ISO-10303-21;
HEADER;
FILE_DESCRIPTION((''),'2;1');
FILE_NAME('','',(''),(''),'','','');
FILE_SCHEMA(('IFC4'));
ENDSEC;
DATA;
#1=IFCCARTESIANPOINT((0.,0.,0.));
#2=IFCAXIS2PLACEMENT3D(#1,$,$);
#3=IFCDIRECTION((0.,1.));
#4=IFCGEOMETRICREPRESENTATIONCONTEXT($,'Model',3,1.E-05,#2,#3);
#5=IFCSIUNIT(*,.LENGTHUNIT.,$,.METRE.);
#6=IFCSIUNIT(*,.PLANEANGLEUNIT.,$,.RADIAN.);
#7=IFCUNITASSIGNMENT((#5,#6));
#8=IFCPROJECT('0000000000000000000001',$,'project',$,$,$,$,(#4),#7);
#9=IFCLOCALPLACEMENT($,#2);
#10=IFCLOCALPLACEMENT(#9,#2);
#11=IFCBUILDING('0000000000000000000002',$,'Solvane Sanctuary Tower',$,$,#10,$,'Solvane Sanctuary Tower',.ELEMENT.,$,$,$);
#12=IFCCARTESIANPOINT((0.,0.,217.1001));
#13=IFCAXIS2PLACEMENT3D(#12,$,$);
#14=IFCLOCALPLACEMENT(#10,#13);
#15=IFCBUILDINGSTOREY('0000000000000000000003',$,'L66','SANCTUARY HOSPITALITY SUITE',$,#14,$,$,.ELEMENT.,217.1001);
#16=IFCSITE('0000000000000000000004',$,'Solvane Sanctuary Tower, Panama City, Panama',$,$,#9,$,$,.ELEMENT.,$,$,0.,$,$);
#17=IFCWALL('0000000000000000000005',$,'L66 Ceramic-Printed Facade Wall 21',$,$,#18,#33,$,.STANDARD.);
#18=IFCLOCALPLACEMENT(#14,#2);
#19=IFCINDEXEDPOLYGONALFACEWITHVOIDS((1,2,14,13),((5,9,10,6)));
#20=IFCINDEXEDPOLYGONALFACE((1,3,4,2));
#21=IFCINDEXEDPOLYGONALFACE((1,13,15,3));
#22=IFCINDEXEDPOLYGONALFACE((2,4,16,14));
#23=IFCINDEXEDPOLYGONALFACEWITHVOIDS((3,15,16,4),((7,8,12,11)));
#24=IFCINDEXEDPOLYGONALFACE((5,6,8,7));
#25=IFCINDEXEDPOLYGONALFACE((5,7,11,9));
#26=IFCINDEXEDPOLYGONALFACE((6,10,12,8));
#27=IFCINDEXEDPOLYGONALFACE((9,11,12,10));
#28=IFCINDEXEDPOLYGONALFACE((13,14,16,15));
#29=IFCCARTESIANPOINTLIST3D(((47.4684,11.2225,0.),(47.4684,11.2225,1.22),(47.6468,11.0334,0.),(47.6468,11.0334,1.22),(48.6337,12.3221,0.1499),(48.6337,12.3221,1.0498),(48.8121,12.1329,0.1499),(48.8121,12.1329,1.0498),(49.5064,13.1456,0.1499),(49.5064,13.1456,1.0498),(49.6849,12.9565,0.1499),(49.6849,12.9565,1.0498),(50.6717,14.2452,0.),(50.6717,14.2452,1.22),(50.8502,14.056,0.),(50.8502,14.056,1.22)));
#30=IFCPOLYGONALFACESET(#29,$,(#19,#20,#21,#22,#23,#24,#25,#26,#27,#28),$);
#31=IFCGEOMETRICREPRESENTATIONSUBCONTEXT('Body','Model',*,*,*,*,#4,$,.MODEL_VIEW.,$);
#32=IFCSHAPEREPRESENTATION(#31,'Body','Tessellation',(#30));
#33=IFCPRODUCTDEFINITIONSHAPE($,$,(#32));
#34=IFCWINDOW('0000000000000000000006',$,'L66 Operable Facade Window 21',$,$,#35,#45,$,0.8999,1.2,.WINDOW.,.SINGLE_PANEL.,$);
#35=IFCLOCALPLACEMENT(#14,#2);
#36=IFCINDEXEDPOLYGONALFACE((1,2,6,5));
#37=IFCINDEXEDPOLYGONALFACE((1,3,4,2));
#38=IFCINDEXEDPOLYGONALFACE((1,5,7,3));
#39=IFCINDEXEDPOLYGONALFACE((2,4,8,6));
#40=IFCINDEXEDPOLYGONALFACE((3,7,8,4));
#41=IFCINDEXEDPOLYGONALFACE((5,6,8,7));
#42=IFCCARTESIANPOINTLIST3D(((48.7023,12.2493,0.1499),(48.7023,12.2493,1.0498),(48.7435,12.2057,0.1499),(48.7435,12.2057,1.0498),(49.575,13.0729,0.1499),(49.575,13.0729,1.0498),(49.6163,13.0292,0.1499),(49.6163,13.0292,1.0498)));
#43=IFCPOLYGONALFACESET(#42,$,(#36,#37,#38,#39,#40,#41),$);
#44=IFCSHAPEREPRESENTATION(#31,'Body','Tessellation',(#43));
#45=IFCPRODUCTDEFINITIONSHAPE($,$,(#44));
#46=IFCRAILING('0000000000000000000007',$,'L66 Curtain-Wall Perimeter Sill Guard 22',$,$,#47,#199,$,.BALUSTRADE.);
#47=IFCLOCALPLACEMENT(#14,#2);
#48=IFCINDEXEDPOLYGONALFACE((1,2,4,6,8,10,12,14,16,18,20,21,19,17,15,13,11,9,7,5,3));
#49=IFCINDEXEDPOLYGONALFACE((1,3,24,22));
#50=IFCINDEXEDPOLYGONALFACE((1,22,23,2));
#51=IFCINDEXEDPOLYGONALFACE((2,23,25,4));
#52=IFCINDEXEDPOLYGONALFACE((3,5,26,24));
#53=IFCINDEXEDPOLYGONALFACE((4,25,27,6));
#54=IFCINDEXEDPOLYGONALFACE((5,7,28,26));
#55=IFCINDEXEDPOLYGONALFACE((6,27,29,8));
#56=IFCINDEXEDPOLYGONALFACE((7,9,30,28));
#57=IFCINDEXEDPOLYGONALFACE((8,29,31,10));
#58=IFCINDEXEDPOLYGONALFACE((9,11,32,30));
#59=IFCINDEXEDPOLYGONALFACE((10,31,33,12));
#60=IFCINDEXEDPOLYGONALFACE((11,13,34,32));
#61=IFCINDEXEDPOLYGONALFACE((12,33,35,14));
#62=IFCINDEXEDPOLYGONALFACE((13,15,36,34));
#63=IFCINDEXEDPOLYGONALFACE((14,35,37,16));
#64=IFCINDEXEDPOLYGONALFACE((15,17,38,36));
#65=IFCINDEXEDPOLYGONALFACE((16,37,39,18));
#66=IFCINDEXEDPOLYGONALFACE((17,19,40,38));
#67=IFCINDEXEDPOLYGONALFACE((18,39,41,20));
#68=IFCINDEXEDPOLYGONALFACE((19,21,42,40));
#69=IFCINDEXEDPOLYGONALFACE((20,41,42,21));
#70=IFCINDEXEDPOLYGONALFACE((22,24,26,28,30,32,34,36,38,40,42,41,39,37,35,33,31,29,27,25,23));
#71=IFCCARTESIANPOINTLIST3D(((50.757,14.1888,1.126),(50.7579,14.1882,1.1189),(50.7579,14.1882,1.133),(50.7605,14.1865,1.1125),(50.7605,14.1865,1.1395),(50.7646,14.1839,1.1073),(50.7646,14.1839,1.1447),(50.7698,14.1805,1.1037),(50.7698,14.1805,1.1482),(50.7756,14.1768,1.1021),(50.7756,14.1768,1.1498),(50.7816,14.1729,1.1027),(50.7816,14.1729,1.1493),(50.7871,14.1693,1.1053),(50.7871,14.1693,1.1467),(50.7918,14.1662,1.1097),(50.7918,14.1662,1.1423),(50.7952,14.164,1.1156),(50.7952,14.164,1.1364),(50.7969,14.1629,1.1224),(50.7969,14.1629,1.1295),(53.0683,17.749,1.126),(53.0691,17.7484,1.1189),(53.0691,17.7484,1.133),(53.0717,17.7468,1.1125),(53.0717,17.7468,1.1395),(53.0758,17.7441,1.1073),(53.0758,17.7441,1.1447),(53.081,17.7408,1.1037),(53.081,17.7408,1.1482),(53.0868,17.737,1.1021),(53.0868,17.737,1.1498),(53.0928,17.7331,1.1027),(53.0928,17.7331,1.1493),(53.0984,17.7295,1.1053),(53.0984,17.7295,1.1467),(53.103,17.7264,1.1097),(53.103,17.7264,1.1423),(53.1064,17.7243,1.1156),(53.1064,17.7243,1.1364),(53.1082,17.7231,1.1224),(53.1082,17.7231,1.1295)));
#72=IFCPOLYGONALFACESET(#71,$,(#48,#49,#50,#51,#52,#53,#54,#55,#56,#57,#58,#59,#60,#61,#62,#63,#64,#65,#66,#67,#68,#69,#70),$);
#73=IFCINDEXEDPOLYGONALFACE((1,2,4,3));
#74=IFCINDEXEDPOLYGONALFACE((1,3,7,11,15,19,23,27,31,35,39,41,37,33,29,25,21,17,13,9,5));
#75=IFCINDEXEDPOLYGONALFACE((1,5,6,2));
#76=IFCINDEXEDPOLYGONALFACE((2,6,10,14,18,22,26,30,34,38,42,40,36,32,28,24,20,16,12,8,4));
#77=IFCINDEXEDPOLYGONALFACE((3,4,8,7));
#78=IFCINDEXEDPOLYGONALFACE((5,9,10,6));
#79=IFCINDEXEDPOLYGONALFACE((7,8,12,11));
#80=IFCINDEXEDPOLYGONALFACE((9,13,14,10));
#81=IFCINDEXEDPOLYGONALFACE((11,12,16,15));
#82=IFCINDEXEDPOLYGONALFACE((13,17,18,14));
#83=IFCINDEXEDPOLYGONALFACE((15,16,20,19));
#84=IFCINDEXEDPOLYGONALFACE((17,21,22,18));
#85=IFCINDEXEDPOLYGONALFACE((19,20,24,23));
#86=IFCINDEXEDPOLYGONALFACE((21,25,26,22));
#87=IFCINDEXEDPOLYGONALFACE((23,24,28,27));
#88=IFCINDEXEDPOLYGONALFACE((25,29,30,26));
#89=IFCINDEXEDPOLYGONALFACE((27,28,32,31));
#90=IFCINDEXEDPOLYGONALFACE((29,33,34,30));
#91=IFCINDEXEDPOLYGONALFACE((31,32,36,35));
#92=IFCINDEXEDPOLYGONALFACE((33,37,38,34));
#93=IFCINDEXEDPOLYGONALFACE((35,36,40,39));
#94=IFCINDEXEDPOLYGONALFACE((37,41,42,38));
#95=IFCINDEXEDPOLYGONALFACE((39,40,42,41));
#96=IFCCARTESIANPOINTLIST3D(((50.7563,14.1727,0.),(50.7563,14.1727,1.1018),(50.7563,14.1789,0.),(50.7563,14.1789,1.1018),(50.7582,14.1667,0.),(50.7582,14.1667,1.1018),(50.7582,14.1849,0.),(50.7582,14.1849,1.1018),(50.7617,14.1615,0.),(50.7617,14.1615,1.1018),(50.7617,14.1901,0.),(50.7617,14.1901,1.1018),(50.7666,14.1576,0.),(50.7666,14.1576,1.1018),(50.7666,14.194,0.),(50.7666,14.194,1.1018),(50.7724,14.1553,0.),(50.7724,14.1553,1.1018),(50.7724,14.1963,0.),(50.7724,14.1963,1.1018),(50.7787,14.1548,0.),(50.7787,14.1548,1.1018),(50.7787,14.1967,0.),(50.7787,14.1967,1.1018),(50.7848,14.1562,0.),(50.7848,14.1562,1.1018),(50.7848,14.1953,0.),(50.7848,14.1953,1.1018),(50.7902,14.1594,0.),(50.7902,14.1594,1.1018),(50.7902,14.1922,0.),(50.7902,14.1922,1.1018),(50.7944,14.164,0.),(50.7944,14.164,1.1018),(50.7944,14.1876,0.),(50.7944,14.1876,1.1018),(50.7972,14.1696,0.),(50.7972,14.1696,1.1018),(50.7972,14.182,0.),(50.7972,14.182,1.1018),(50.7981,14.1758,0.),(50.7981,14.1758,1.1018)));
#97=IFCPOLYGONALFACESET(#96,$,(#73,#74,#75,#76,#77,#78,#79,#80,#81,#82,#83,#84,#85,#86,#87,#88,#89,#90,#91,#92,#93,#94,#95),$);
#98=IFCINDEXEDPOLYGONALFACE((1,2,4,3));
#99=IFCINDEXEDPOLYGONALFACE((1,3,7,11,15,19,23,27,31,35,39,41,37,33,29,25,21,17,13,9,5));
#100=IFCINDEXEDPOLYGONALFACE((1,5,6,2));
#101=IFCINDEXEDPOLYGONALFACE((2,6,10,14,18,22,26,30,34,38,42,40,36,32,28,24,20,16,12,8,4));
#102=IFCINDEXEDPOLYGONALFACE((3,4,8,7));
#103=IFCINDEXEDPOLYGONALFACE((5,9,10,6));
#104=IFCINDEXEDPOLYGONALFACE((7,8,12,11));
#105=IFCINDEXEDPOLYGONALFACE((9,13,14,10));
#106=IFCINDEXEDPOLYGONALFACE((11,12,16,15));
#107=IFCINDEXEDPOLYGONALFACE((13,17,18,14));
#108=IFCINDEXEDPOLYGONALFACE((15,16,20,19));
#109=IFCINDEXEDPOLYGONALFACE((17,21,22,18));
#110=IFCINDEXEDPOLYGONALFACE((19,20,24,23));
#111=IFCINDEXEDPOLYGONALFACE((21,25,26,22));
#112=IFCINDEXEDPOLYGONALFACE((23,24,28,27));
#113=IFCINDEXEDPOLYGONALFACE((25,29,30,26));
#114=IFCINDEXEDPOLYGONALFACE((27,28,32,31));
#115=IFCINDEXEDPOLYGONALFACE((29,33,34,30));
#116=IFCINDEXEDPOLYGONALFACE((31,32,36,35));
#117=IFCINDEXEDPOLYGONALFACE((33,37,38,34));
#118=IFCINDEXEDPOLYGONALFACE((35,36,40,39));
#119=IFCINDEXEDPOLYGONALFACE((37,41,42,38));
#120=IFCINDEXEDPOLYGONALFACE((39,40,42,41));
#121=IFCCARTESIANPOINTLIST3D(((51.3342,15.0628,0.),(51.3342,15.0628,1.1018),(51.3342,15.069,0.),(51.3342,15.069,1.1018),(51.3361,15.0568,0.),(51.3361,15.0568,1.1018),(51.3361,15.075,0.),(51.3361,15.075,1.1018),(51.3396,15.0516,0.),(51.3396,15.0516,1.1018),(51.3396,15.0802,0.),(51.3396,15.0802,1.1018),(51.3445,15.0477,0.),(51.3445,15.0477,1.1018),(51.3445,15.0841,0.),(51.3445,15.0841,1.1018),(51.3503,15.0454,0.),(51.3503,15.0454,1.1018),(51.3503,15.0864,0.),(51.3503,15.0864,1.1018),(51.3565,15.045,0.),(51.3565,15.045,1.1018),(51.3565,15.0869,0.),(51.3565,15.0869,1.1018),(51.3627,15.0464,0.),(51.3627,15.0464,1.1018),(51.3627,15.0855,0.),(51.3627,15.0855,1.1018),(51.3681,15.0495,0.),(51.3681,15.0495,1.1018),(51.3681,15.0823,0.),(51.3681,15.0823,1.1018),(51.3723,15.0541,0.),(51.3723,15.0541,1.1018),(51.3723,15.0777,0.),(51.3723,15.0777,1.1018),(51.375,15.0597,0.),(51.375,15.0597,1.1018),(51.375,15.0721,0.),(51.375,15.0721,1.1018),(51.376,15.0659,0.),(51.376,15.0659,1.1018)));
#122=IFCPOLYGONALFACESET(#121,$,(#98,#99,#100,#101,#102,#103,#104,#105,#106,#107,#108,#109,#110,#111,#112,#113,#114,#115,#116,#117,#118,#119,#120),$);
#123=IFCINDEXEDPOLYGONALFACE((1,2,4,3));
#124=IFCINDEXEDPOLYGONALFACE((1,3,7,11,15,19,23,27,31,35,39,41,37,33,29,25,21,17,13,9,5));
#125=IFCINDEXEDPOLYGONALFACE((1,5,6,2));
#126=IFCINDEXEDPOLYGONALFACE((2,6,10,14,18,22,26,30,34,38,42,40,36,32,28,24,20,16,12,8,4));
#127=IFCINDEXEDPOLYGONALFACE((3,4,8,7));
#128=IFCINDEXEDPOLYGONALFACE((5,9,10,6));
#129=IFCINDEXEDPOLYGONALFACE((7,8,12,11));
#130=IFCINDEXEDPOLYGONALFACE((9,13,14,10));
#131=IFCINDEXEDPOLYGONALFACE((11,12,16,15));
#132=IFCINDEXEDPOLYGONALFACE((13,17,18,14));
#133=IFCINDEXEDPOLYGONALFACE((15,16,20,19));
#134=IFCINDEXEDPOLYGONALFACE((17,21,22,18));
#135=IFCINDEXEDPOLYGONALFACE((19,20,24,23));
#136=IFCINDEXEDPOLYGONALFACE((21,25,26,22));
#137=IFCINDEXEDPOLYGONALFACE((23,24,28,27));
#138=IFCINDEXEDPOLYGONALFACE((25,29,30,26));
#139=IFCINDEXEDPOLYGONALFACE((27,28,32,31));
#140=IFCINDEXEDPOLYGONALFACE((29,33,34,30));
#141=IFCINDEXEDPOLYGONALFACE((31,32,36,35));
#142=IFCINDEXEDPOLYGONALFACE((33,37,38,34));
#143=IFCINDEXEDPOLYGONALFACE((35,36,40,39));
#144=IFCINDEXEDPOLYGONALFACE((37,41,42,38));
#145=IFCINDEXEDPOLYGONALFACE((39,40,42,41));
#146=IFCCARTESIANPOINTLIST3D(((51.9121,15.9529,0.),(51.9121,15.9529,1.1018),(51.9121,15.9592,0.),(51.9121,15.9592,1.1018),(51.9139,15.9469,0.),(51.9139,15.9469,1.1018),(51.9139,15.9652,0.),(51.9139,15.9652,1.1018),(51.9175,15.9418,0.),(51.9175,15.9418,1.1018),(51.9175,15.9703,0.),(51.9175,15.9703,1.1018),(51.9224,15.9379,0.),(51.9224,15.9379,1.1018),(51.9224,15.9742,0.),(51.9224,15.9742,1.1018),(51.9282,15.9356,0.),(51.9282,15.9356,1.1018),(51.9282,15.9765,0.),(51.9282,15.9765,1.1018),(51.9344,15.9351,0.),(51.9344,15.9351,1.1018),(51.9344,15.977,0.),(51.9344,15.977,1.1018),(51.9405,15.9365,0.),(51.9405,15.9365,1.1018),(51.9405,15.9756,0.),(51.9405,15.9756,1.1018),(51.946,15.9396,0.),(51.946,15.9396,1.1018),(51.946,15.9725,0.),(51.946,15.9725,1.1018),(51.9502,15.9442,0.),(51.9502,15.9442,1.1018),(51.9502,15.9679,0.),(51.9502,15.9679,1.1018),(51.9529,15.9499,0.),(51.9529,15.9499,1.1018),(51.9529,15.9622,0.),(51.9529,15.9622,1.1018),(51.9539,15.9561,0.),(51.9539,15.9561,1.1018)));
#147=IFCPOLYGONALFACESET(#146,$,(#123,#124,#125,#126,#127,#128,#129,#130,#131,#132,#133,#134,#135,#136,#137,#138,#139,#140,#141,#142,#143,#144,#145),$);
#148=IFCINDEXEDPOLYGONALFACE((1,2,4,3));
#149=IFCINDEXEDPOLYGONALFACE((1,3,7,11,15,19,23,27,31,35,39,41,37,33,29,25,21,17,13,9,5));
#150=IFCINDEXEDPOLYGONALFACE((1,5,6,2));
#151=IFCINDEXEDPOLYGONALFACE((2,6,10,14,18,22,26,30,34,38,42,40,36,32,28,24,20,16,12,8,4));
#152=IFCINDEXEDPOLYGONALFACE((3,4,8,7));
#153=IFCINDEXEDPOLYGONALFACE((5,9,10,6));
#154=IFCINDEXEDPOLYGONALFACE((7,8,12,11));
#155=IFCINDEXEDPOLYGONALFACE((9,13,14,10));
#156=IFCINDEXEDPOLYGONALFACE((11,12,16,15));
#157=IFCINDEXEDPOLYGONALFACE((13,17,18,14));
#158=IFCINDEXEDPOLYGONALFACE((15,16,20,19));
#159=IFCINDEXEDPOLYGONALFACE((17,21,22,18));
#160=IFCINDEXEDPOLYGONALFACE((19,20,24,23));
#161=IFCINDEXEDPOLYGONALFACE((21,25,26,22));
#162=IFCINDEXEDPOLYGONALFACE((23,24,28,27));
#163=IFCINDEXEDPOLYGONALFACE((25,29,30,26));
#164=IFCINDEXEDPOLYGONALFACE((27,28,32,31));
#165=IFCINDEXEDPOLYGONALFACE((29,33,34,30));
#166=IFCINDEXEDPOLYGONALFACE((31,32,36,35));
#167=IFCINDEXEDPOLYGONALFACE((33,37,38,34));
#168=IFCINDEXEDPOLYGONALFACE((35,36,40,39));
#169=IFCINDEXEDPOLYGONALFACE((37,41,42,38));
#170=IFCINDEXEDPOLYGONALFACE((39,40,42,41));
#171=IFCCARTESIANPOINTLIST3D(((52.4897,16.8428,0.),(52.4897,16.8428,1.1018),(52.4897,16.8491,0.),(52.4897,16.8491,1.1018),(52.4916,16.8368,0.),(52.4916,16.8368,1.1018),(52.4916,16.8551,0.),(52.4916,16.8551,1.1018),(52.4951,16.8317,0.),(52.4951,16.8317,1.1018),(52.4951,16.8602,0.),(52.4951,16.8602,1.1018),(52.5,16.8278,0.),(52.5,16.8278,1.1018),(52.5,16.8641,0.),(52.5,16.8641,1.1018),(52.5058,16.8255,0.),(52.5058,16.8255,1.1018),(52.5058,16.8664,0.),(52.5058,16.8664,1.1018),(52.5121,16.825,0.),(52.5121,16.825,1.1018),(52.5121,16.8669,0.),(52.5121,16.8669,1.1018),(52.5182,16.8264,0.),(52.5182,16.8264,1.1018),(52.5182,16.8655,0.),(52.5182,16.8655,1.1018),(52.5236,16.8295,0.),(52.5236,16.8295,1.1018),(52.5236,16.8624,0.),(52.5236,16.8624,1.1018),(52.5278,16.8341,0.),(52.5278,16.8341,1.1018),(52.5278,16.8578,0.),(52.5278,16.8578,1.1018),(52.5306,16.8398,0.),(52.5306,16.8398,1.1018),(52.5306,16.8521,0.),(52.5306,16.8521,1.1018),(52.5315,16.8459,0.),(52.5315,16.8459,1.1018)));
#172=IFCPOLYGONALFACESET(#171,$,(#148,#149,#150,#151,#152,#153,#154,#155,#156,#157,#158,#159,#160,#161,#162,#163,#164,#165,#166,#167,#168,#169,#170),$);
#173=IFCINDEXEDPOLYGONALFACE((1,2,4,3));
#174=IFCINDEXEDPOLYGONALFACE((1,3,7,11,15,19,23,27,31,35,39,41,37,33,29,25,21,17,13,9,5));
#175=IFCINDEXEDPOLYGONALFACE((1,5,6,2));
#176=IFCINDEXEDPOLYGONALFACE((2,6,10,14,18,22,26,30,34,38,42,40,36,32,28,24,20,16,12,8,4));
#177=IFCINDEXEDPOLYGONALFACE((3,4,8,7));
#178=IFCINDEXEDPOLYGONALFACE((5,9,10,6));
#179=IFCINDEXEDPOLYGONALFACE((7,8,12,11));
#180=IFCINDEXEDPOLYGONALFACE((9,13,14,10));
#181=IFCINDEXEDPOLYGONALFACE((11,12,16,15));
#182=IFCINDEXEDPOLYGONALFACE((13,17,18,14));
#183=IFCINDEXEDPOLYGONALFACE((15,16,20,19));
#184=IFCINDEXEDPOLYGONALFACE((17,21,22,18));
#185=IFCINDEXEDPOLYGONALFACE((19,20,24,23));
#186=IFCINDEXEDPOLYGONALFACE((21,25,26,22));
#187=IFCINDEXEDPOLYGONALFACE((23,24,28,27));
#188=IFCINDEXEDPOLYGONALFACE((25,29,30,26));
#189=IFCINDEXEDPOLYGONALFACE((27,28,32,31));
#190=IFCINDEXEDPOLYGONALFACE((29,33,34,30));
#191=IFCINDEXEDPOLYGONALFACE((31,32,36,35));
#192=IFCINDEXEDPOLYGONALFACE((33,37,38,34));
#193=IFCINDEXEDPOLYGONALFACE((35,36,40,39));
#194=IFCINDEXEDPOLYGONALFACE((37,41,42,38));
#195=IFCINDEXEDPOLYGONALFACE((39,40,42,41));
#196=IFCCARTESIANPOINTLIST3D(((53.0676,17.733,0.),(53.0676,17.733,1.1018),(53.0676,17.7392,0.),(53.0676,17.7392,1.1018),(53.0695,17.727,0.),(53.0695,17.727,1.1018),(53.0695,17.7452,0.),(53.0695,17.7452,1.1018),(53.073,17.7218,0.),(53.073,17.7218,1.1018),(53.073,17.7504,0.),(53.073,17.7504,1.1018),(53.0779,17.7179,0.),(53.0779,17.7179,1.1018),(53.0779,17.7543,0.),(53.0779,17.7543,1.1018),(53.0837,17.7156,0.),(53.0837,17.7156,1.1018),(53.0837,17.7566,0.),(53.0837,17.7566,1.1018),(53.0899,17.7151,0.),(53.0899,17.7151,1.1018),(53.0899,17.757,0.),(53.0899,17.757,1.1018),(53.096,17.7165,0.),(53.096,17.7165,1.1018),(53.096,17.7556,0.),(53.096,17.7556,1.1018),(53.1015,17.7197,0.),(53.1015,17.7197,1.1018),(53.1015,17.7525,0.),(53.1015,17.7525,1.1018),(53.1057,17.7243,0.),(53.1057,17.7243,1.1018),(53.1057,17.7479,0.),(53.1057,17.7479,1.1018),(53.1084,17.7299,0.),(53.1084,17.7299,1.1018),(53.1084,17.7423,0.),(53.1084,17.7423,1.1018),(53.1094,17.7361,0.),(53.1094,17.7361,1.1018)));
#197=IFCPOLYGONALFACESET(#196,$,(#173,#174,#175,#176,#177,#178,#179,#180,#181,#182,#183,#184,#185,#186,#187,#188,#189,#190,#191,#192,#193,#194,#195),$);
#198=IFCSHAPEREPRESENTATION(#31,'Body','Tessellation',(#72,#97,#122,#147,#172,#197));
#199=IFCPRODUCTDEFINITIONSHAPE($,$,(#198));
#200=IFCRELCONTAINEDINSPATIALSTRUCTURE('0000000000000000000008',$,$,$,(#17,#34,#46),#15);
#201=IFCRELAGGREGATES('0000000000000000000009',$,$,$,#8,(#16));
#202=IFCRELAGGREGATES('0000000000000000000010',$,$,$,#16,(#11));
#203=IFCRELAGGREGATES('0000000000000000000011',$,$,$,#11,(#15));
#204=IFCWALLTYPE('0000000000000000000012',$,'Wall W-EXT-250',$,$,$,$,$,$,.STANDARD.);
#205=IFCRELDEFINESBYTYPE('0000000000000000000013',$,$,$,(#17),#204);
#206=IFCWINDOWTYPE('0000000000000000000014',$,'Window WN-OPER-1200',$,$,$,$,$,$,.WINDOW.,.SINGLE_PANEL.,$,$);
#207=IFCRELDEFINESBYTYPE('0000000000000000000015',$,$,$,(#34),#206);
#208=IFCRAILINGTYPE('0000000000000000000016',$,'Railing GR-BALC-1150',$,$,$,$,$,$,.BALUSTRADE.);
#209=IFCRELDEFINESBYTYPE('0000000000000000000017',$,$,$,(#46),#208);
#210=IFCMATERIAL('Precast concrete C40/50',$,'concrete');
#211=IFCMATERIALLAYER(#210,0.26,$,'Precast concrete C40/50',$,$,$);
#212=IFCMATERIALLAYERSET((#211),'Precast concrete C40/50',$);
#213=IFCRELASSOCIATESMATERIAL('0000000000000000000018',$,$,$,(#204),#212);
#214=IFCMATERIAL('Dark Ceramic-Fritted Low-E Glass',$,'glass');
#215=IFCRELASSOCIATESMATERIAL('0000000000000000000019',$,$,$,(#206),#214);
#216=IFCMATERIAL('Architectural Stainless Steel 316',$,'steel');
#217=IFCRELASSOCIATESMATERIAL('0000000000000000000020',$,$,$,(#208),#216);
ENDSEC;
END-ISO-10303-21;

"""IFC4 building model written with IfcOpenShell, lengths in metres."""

from ifc_helpers import new_model, si_unit, direction, frame, frame_2d, origin, origin_2d, place, context, subcontext, project, spatial, rectangle, circle, extrude, material, layer, layer_set, type_object, element, fill, save


model = new_model("IFC4")

# Units and contexts
model_context = context("Model", 3, precision=1e-05, world=origin(), true_north=direction((0.0, 1.0)))
body_context = subcontext(model_context, "Body", "Model", "MODEL_VIEW")
ifc_project = project(units=[si_unit("LENGTHUNIT", "METRE"), si_unit("PLANEANGLEUNIT", "RADIAN")], contexts=[model_context])

# Site, building, storey
site_placement = place(None, origin())
site = spatial("IfcSite", under=ifc_project, at=site_placement, Name="Solvane Sanctuary Tower, Panama City, Panama", CompositionType="ELEMENT", RefElevation=0.0)
building_placement = place(site_placement, origin())
building = spatial("IfcBuilding", under=site, at=building_placement, Name="Solvane Sanctuary Tower", LongName="Solvane Sanctuary Tower", CompositionType="ELEMENT")
storey_placement = place(building_placement, frame((0.0, 0.0, 217.1001)))
storey = spatial("IfcBuildingStorey", under=building, at=storey_placement, Name="L66", Description="SANCTUARY HOSPITALITY SUITE", CompositionType="ELEMENT", Elevation=217.1001)

# Shared definitions
ifc_material_1 = material(Name="Dark Ceramic-Fritted Low-E Glass", Category="glass")

# Shared definitions
ifc_material_2 = material(Name="Precast concrete C40/50", Category="concrete")
ifc_layer_1 = layer(ifc_material_2, 0.26, Name="Precast concrete C40/50")
ifc_layer_set_1 = layer_set([ifc_layer_1], Name="Precast concrete C40/50")
wall_type_1 = type_object("IfcWallType", Name="Wall W-EXT-250", PredefinedType="STANDARD", material=ifc_layer_set_1)

# Wall, opening, window
wall_1_placement = place(storey_placement, frame((47.5576, 11.1279, 0.0), z_axis=(0.0, 0.0, 1.0), x_axis=(0.727319, 0.6863, 0.0)))
wall_1 = element("IfcWall", 1, at=wall_1_placement, inside=storey, type_object=wall_type_1, Name="L66 Ceramic-Printed Facade Wall 21", PredefinedType="STANDARD", context=body_context, shape_type="SweptSolid", body=[
    extrude(rectangle(XDim=4.4043, YDim=0.26, at=frame_2d((2.2021, 0.0))), origin(), (0.0, 0.0, 1.0), 1.22),
])
opening_1_placement = place(wall_1_placement, frame((1.6021, 0.0, 0.1499)))
opening_1 = element("IfcOpeningElement", 2, at=opening_1_placement, cuts=wall_1, PredefinedType="OPENING", context=body_context, shape_type="SweptSolid", body=[
    extrude(rectangle(XDim=1.2, YDim=0.8999, at=frame_2d((0.6001, 0.45))), frame((0.0, 0.1399, 0.0), z_axis=(0.0, -1.0, 0.0), x_axis=(1.0, 0.0, 0.0)), (0.0, 0.0, 1.0), 0.28),
])
window_type = type_object("IfcWindowType", Name="Window WN-OPER-1200", PartitioningType="SINGLE_PANEL", PredefinedType="WINDOW", material=ifc_material_1)
window_placement = place(opening_1_placement, origin())
window = element("IfcWindow", 3, at=window_placement, inside=storey, type_object=window_type, Name="L66 Operable Facade Window 21", OverallHeight=0.8999, OverallWidth=1.2, PartitioningType="SINGLE_PANEL", PredefinedType="WINDOW", context=body_context, shape_type="SweptSolid", body=[
    extrude(rectangle(XDim=1.2, YDim=0.8999, at=frame_2d((0.6001, 0.45))), frame((0.0, 0.03, 0.0), z_axis=(0.0, -1.0, 0.0), x_axis=(1.0, 0.0, 0.0)), (0.0, 0.0, 1.0), 0.0601),
])
fill(opening_1, window)

# Railing
ifc_material_3 = material(Name="Architectural Stainless Steel 316", Category="steel")
railing_type = type_object("IfcRailingType", Name="Railing GR-BALC-1150", PredefinedType="BALUSTRADE", material=ifc_material_3)
railing_placement = place(storey_placement, frame((50.7771, 14.1758, 0.0)))
element("IfcRailing", 4, at=railing_placement, inside=storey, type_object=railing_type, Name="L66 Curtain-Wall Perimeter Sill Guard 22", PredefinedType="BALUSTRADE", context=body_context, shape_type="SweptSolid", body=[
    extrude(circle(Radius=0.0239, at=origin_2d()), frame((0.0, 0.0, 1.126), z_axis=(0.544505, 0.838758, 0.0), x_axis=(-0.838758, 0.544505, 0.0)), (0.0, 0.0, 1.0), 4.2446),
    extrude(circle(Radius=0.021, at=origin_2d()), origin(), (0.0, 0.0, 1.0), 1.1018),
    extrude(circle(Radius=0.021, at=origin_2d()), frame((0.5779, 0.8901, 0.0)), (0.0, 0.0, 1.0), 1.1018),
    extrude(circle(Radius=0.021, at=origin_2d()), frame((1.1558, 1.7803, 0.0)), (0.0, 0.0, 1.0), 1.1018),
    extrude(circle(Radius=0.021, at=origin_2d()), frame((1.7334, 2.6702, 0.0)), (0.0, 0.0, 1.0), 1.1018),
    extrude(circle(Radius=0.021, at=origin_2d()), frame((2.3113, 3.5603, 0.0)), (0.0, 0.0, 1.0), 1.1018),
])

save(model, "model.ifc")
